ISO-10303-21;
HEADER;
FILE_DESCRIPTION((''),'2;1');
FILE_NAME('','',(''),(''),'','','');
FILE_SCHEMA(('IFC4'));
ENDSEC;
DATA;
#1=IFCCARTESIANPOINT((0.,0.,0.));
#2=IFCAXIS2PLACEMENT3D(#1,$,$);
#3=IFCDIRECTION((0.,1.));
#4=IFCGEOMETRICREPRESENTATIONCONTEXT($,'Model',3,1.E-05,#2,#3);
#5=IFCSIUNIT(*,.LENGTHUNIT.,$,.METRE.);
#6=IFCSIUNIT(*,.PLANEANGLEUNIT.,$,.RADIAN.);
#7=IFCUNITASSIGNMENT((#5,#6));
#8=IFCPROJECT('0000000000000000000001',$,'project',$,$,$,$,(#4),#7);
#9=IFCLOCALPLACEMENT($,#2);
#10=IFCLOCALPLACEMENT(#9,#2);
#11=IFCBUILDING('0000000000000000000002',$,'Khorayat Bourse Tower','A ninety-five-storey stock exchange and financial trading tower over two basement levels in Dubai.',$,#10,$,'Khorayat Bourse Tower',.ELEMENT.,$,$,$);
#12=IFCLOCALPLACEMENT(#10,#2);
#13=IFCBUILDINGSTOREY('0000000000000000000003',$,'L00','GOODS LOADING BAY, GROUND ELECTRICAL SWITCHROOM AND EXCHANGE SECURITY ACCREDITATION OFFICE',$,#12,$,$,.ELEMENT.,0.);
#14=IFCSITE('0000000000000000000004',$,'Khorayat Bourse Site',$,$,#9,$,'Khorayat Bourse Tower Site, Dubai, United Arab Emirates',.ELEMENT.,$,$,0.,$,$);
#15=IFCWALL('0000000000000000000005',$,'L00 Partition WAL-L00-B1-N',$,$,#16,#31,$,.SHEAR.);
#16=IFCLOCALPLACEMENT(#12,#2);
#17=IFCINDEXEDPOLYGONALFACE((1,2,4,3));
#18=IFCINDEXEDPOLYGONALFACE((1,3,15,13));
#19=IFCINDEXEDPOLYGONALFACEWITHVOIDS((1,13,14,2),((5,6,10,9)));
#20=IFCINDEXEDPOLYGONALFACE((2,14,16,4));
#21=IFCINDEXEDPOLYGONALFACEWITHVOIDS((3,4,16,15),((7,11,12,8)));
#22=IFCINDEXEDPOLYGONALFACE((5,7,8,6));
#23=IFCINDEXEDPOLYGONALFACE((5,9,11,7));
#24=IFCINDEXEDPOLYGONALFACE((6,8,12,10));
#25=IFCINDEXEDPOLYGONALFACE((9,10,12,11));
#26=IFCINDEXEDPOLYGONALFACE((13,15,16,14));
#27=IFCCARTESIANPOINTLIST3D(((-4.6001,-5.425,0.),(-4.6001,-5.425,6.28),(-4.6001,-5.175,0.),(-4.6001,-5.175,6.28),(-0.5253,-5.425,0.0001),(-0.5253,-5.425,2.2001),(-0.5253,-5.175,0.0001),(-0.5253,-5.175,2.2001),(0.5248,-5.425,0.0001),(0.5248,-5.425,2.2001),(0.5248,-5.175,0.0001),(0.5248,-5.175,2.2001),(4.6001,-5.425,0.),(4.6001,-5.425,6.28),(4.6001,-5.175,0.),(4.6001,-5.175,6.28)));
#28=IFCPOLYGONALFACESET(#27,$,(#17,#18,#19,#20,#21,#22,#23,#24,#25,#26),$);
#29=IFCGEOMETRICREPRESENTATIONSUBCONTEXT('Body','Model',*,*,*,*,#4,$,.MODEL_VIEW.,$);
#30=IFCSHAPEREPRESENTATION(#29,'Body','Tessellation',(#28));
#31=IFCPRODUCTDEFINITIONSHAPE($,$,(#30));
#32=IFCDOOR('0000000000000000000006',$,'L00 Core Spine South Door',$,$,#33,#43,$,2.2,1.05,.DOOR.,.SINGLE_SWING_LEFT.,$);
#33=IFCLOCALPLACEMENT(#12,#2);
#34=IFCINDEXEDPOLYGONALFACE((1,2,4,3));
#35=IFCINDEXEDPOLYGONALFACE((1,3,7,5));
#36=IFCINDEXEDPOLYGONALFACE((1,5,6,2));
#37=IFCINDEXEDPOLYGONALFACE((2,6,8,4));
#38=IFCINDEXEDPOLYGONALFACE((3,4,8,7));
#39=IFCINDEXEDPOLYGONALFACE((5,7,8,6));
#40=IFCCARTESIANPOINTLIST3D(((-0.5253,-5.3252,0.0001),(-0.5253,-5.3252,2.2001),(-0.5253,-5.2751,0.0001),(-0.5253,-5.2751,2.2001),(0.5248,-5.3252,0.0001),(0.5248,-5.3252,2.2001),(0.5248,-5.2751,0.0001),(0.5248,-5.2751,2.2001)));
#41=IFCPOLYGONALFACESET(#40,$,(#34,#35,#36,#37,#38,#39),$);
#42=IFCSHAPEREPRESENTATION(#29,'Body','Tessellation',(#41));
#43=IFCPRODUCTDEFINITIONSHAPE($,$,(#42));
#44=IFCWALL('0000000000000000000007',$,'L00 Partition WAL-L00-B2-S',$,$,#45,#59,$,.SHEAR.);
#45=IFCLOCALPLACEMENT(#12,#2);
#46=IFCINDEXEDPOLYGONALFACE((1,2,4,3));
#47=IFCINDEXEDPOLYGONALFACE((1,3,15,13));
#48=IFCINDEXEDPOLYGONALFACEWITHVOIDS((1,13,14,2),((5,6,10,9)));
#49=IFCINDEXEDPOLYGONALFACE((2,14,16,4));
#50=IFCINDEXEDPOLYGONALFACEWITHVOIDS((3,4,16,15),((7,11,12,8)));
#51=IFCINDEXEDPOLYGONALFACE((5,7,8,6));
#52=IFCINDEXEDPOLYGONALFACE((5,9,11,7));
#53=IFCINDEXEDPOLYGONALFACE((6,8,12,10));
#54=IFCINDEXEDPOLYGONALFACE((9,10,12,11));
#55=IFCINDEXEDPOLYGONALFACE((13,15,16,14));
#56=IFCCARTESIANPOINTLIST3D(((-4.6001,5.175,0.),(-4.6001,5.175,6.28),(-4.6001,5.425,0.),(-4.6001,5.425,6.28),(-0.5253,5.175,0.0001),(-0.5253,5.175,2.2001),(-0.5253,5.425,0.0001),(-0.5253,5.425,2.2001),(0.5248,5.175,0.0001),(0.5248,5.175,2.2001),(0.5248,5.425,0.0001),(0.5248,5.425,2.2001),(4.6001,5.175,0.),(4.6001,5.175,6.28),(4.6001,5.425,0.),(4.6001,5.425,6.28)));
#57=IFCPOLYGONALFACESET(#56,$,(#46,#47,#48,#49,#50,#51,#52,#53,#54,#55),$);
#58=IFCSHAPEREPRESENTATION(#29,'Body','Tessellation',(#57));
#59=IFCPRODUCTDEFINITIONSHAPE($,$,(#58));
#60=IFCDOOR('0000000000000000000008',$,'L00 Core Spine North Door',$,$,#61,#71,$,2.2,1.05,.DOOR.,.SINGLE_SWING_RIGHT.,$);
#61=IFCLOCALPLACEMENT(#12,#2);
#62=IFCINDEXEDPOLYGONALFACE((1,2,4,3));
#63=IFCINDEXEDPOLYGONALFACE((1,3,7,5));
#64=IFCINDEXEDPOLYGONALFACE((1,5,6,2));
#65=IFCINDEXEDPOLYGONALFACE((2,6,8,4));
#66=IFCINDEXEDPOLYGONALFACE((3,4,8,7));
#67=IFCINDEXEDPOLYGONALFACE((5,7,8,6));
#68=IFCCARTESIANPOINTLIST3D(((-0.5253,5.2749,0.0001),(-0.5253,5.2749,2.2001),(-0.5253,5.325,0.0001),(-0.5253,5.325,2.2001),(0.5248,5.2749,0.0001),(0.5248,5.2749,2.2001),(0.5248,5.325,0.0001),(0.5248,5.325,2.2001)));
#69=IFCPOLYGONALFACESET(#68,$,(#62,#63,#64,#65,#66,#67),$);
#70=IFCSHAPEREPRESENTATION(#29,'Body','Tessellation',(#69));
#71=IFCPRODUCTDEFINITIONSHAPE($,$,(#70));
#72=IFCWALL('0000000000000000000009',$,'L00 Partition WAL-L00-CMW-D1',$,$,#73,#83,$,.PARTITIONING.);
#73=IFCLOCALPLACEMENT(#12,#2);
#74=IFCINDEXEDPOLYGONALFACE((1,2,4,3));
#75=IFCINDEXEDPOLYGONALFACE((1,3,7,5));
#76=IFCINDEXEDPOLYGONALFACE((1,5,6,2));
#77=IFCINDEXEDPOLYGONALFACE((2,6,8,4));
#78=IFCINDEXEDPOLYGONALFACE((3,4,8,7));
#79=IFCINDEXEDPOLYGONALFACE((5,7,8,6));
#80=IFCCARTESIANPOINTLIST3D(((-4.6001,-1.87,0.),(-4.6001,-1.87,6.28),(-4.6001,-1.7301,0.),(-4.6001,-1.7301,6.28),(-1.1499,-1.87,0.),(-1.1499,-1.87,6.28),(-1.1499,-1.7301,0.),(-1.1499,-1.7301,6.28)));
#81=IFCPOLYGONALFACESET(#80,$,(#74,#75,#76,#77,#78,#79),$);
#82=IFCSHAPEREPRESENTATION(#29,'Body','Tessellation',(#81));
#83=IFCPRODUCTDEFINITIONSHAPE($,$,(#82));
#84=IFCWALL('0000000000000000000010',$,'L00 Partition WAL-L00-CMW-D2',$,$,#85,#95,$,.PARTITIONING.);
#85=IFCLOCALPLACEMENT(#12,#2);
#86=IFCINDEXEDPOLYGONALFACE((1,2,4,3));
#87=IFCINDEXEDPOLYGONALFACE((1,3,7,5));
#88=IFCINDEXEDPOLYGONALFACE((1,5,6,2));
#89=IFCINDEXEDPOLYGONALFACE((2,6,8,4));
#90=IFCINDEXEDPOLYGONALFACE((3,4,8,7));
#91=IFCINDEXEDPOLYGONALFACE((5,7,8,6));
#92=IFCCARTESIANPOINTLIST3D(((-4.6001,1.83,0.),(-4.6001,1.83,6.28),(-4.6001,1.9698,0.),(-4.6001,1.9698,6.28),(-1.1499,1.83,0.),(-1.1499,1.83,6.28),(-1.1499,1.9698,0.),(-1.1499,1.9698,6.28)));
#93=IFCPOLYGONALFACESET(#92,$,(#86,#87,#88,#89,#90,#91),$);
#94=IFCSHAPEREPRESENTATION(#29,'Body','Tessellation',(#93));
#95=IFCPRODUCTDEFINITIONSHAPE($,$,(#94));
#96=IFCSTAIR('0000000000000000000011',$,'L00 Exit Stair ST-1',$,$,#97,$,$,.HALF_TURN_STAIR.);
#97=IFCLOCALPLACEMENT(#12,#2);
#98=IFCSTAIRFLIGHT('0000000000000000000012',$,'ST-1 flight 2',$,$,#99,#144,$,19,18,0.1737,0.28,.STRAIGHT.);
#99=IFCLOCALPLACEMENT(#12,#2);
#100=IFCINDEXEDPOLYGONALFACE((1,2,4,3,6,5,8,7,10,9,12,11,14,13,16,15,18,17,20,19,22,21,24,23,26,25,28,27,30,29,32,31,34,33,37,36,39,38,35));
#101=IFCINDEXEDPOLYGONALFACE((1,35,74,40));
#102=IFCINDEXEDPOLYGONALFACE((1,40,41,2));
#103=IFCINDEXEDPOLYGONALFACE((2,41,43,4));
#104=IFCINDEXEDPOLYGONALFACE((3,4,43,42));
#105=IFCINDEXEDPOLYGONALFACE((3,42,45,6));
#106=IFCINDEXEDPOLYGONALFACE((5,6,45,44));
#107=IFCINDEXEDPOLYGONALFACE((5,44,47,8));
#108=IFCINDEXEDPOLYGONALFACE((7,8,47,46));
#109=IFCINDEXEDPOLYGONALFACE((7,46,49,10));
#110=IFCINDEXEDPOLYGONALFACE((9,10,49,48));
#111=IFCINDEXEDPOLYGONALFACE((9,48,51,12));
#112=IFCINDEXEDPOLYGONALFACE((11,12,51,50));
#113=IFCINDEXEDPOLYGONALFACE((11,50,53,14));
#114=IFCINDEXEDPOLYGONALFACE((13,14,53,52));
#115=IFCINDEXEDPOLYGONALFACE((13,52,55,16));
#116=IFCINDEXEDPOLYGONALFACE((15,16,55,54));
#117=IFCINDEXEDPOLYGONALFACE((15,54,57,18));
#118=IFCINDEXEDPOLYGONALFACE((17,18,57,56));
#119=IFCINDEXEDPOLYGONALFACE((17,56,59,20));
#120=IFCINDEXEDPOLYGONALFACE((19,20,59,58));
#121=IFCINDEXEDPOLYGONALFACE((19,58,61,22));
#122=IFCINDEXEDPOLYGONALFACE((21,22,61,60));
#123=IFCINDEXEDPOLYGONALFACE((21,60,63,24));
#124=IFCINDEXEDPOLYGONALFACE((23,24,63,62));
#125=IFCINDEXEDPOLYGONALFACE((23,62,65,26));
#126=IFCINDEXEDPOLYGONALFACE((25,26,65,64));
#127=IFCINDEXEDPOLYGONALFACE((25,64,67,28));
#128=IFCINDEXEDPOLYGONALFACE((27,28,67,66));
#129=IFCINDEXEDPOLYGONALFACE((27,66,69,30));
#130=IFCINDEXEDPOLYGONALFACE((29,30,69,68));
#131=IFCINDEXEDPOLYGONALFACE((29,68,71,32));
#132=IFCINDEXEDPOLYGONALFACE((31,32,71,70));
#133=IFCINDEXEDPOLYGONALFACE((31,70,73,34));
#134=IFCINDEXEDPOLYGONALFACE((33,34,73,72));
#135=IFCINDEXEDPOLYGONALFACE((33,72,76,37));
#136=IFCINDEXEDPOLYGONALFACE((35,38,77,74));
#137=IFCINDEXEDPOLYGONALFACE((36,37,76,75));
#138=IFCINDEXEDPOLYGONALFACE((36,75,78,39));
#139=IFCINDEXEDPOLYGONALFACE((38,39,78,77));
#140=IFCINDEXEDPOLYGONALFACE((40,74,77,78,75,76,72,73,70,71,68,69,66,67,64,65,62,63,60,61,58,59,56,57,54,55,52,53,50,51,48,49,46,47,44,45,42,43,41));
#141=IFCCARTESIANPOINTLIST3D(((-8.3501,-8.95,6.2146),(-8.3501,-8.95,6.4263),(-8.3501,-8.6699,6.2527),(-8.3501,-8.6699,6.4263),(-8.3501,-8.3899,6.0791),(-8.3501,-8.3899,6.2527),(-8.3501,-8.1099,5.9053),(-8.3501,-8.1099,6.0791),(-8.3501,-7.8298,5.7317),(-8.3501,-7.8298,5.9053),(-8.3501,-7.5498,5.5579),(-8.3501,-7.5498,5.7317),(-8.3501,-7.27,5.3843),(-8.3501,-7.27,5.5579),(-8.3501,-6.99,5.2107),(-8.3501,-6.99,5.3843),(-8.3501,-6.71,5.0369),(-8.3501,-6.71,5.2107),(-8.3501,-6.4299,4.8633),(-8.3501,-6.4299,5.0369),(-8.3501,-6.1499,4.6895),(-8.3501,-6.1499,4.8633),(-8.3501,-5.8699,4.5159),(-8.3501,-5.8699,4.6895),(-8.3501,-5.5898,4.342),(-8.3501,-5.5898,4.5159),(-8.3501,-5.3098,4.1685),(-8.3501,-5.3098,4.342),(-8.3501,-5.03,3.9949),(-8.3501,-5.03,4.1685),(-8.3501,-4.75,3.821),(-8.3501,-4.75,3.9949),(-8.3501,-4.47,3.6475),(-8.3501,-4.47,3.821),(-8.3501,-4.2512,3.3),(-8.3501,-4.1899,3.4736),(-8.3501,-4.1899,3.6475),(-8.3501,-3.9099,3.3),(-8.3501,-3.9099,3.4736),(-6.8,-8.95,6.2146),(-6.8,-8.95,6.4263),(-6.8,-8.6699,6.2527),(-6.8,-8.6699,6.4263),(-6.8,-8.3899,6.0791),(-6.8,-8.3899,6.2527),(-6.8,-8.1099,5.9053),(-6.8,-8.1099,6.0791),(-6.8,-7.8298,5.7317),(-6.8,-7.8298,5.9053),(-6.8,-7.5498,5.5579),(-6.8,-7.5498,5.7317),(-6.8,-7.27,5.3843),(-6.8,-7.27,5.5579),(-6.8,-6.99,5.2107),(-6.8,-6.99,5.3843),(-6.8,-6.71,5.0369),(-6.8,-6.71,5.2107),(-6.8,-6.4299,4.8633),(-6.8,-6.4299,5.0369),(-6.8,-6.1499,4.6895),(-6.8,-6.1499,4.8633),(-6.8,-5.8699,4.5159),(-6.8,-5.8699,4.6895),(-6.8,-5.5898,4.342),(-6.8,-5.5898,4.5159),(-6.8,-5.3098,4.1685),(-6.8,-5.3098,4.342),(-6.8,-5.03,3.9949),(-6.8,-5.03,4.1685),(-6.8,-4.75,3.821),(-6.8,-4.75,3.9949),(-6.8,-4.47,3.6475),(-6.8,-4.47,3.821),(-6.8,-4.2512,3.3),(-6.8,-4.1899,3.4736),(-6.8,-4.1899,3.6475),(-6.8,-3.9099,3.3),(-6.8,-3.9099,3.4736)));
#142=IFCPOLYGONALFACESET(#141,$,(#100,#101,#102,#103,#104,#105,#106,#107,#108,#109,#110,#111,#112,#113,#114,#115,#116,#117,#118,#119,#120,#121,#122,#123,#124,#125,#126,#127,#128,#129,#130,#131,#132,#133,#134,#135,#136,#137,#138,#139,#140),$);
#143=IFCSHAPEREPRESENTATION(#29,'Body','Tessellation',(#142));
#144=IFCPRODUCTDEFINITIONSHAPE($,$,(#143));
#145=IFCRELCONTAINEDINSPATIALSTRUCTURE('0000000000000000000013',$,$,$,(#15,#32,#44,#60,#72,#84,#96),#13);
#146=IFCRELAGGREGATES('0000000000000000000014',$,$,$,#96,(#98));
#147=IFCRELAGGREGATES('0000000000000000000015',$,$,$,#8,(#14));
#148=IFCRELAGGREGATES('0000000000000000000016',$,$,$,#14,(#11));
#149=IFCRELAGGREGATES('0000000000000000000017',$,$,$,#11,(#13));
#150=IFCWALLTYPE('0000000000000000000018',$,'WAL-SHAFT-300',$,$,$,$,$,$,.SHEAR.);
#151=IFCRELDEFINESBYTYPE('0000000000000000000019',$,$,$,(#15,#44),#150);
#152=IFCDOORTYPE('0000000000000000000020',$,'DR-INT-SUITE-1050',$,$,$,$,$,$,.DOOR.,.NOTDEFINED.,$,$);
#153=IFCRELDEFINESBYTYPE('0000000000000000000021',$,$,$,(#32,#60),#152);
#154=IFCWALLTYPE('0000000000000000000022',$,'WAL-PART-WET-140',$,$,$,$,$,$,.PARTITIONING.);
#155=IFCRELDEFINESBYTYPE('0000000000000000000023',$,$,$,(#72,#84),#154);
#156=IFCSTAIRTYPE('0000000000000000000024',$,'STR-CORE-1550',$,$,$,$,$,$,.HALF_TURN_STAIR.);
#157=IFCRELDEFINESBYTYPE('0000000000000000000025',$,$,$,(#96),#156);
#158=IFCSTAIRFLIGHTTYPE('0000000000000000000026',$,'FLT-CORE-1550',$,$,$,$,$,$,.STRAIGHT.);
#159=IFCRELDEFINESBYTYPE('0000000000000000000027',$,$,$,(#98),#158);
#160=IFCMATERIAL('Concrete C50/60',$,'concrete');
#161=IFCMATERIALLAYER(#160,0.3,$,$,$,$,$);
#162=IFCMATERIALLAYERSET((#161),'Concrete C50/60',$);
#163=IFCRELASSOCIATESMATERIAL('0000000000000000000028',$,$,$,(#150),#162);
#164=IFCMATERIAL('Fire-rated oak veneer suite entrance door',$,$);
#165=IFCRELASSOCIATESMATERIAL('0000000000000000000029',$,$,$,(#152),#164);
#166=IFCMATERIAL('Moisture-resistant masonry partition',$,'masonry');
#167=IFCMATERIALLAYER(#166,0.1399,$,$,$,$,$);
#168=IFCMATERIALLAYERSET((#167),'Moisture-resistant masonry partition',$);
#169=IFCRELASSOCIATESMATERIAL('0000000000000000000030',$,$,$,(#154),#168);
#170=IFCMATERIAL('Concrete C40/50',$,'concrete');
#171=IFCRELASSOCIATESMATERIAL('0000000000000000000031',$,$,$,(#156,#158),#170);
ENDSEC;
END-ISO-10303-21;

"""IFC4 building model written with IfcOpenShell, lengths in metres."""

from ifc_helpers import new_model, si_unit, direction, frame, frame_2d, origin, place, context, subcontext, project, spatial, polyline, rectangle, outline, extrude, source, transform, mapped, material, layer, layer_set, type_object, element, fill, aggregate, save


model = new_model("IFC4")

# Units and contexts
model_context = context("Model", 3, precision=1e-05, world=origin(), true_north=direction((0.0, 1.0)))
body_context = subcontext(model_context, "Body", "Model", "MODEL_VIEW")
ifc_project = project(units=[si_unit("LENGTHUNIT", "METRE"), si_unit("PLANEANGLEUNIT", "RADIAN")], contexts=[model_context])

# Site, building, storey
site_placement = place(None, origin())
site = spatial("IfcSite", under=ifc_project, at=site_placement, Name="Khorayat Bourse Site", LongName="Khorayat Bourse Tower Site, Dubai, United Arab Emirates", CompositionType="ELEMENT", RefElevation=0.0)
building_placement = place(site_placement, origin())
building = spatial("IfcBuilding", under=site, at=building_placement, Name="Khorayat Bourse Tower", Description="A ninety-five-storey stock exchange and financial trading tower over two basement levels in Dubai.", LongName="Khorayat Bourse Tower", CompositionType="ELEMENT")
storey_placement = place(building_placement, origin())
storey = spatial("IfcBuildingStorey", under=building, at=storey_placement, Name="L00", Description="GOODS LOADING BAY, GROUND ELECTRICAL SWITCHROOM AND EXCHANGE SECURITY ACCREDITATION OFFICE", CompositionType="ELEMENT", Elevation=0.0)

# Shared definitions
ifc_material_1 = material(Name="Concrete C50/60", Category="concrete")
ifc_layer_1 = layer(ifc_material_1, 0.3)
ifc_layer_set_1 = layer_set([ifc_layer_1], Name="Concrete C50/60")
wall_type_1 = type_object("IfcWallType", Name="WAL-SHAFT-300", PredefinedType="SHEAR", material=ifc_layer_set_1)

# Walls, openings, doors
shared_shape_1 = source(origin(), body_context, "Body", "SweptSolid", [
    extrude(rectangle(XDim=9.2002, YDim=0.25, at=frame_2d((4.6001, 0.0))), origin(), (0.0, 0.0, 1.0), 6.28),
])
wall_1_placement = place(storey_placement, frame((-4.6001, -5.3, 0.0), z_axis=(0.0, 0.0, 1.0), x_axis=(1.0, 0.0, 0.0)))
wall_1 = element("IfcWall", 1, at=wall_1_placement, inside=storey, type_object=wall_type_1, Name="L00 Partition WAL-L00-B1-N", PredefinedType="SHEAR", context=body_context, shape_type="MappedRepresentation", body=[
    mapped(shared_shape_1, transform((0.0, 0.0, 0.0), scale=1.0)),
])
shared_shape_2 = source(origin(), body_context, "Body", "SweptSolid", [
    extrude(rectangle(XDim=1.05, YDim=2.2, at=frame_2d((0.5249, 1.1001))), frame((0.0, 0.135, 0.0), z_axis=(0.0, -1.0, 0.0), x_axis=(1.0, 0.0, 0.0)), (0.0, 0.0, 1.0), 0.27),
])
opening_1_placement = place(wall_1_placement, frame((4.075, 0.0, 0.0)))
opening_1 = element("IfcOpeningElement", 2, at=opening_1_placement, cuts=wall_1, PredefinedType="OPENING", context=body_context, shape_type="MappedRepresentation", body=[
    mapped(shared_shape_2, transform((0.0, 0.0, 0.0), scale=1.0)),
])
ifc_material_2 = material(Name="Fire-rated oak veneer suite entrance door")
door_type = type_object("IfcDoorType", Name="DR-INT-SUITE-1050", OperationType="NOTDEFINED", PredefinedType="DOOR", material=ifc_material_2)
shared_shape_3 = source(origin(), body_context, "Body", "SweptSolid", [
    extrude(rectangle(XDim=1.05, YDim=2.2, at=frame_2d((0.5249, 1.1001))), frame((0.0, 0.0249, 0.0), z_axis=(0.0, -1.0, 0.0), x_axis=(1.0, 0.0, 0.0)), (0.0, 0.0, 1.0), 0.05),
])
door_1_placement = place(opening_1_placement, origin())
door_1 = element("IfcDoor", 3, at=door_1_placement, inside=storey, type_object=door_type, Name="L00 Core Spine South Door", OperationType="SINGLE_SWING_LEFT", OverallHeight=2.2, OverallWidth=1.05, PredefinedType="DOOR", context=body_context, shape_type="MappedRepresentation", body=[
    mapped(shared_shape_3, transform((0.0, 0.0, 0.0), scale=1.0)),
])
fill(opening_1, door_1)
wall_2_placement = place(storey_placement, frame((-4.6001, 5.3, 0.0), z_axis=(0.0, 0.0, 1.0), x_axis=(1.0, 0.0, 0.0)))
wall_2 = element("IfcWall", 4, at=wall_2_placement, inside=storey, type_object=wall_type_1, Name="L00 Partition WAL-L00-B2-S", PredefinedType="SHEAR", context=body_context, shape_type="MappedRepresentation", body=[
    mapped(shared_shape_1, transform((0.0, 0.0, 0.0), scale=1.0)),
])
opening_2_placement = place(wall_2_placement, frame((4.075, 0.0, 0.0)))
opening_2 = element("IfcOpeningElement", 5, at=opening_2_placement, cuts=wall_2, PredefinedType="OPENING", context=body_context, shape_type="MappedRepresentation", body=[
    mapped(shared_shape_2, transform((0.0, 0.0, 0.0), scale=1.0)),
])
door_2_placement = place(opening_2_placement, origin())
door_2 = element("IfcDoor", 6, at=door_2_placement, inside=storey, type_object=door_type, Name="L00 Core Spine North Door", OperationType="SINGLE_SWING_RIGHT", OverallHeight=2.2, OverallWidth=1.05, PredefinedType="DOOR", context=body_context, shape_type="MappedRepresentation", body=[
    mapped(shared_shape_3, transform((0.0, 0.0, 0.0), scale=1.0)),
])
fill(opening_2, door_2)

# Walls
ifc_material_3 = material(Name="Moisture-resistant masonry partition", Category="masonry")
ifc_layer_2 = layer(ifc_material_3, 0.1399)
ifc_layer_set_2 = layer_set([ifc_layer_2], Name="Moisture-resistant masonry partition")
wall_type_2 = type_object("IfcWallType", Name="WAL-PART-WET-140", PredefinedType="PARTITIONING", material=ifc_layer_set_2)
shared_shape_4 = source(origin(), body_context, "Body", "SweptSolid", [
    extrude(rectangle(XDim=3.4502, YDim=0.1399, at=frame_2d((1.7251, 0.0))), origin(), (0.0, 0.0, 1.0), 6.28),
])
for number, where, z_axis, x_axis, name in (
    (7, (-4.6001, -1.8, 0.0), (0.0, 0.0, 1.0), (1.0, 0.0, 0.0), "L00 Partition WAL-L00-CMW-D1"),
    (8, (-4.6001, 1.8999, 0.0), (0.0, 0.0, 1.0), (1.0, 0.0, 0.0), "L00 Partition WAL-L00-CMW-D2"),
):
    element("IfcWall", number, at=place(storey_placement, frame(where, z_axis=z_axis, x_axis=x_axis)), inside=storey, type_object=wall_type_2, Name=name, PredefinedType="PARTITIONING", context=body_context, shape_type="MappedRepresentation", body=[
        mapped(shared_shape_4, transform((0.0, 0.0, 0.0), scale=1.0)),
    ])

# Stair, stair flight
ifc_material_4 = material(Name="Concrete C40/50", Category="concrete")
stair_type = type_object("IfcStairType", Name="STR-CORE-1550", PredefinedType="HALF_TURN_STAIR", material=ifc_material_4)
stair_1_placement = place(storey_placement, origin())
stair_1 = element("IfcStair", 9, at=stair_1_placement, inside=storey, type_object=stair_type, Name="L00 Exit Stair ST-1", PredefinedType="HALF_TURN_STAIR")
stair_flight_type = type_object("IfcStairFlightType", Name="FLT-CORE-1550", PredefinedType="STRAIGHT", material=ifc_material_4)
shared_shape_5 = source(origin(), body_context, "Body", "SweptSolid", [
    extrude(outline(polyline([(0.0, 0.0), (0.0, 0.1736), (0.28, 0.1736), (0.28, 0.3474), (0.5601, 0.3474), (0.5601, 0.521), (0.8401, 0.521), (0.8401, 0.6948), (1.1201, 0.6948), (1.1201, 0.8684), (1.3999, 0.8684), (1.3999, 1.042), (1.6799, 1.042), (1.6799, 1.2158), (1.96, 1.2158), (1.96, 1.3894), (2.24, 1.3894), (2.24, 1.5632), (2.52, 1.5632), (2.52, 1.7368), (2.8, 1.7368), (2.8, 1.9106), (3.0801, 1.9106), (3.0801, 2.0842), (3.3601, 2.0842), (3.3601, 2.2578), (3.6399, 2.2578), (3.6399, 2.4316), (3.9199, 2.4316), (3.9199, 2.6052), (4.2, 2.6052), (4.2, 2.7791), (4.48, 2.7791), (4.48, 2.9526), (4.76, 2.9526), (4.76, 3.1262), (5.04, 3.1262), (5.04, 3.3), (5.04, 2.9146), (0.3413, 0.0), (0.0, 0.0)])), frame((0.0, 0.7749, 0.0), z_axis=(0.0, -1.0, 0.0), x_axis=(1.0, 0.0, 0.0)), (0.0, 0.0, 1.0), 1.55),
])
stair_flight_1_placement = place(storey_placement, frame((-7.575, -3.9099, 3.3), z_axis=(0.0, 0.0, 1.0), x_axis=(0.0, -1.0, 0.0)))
stair_flight_1 = element("IfcStairFlight", 10, at=stair_flight_1_placement, type_object=stair_flight_type, Name="ST-1 flight 2", NumberOfRisers=19, NumberOfTreads=18, PredefinedType="STRAIGHT", RiserHeight=0.1737, TreadLength=0.28, context=body_context, shape_type="MappedRepresentation", body=[
    mapped(shared_shape_5, transform((0.0, 0.0, 0.0), scale=1.0)),
])
aggregate(stair_1, [stair_flight_1])

save(model, "model.ifc")
